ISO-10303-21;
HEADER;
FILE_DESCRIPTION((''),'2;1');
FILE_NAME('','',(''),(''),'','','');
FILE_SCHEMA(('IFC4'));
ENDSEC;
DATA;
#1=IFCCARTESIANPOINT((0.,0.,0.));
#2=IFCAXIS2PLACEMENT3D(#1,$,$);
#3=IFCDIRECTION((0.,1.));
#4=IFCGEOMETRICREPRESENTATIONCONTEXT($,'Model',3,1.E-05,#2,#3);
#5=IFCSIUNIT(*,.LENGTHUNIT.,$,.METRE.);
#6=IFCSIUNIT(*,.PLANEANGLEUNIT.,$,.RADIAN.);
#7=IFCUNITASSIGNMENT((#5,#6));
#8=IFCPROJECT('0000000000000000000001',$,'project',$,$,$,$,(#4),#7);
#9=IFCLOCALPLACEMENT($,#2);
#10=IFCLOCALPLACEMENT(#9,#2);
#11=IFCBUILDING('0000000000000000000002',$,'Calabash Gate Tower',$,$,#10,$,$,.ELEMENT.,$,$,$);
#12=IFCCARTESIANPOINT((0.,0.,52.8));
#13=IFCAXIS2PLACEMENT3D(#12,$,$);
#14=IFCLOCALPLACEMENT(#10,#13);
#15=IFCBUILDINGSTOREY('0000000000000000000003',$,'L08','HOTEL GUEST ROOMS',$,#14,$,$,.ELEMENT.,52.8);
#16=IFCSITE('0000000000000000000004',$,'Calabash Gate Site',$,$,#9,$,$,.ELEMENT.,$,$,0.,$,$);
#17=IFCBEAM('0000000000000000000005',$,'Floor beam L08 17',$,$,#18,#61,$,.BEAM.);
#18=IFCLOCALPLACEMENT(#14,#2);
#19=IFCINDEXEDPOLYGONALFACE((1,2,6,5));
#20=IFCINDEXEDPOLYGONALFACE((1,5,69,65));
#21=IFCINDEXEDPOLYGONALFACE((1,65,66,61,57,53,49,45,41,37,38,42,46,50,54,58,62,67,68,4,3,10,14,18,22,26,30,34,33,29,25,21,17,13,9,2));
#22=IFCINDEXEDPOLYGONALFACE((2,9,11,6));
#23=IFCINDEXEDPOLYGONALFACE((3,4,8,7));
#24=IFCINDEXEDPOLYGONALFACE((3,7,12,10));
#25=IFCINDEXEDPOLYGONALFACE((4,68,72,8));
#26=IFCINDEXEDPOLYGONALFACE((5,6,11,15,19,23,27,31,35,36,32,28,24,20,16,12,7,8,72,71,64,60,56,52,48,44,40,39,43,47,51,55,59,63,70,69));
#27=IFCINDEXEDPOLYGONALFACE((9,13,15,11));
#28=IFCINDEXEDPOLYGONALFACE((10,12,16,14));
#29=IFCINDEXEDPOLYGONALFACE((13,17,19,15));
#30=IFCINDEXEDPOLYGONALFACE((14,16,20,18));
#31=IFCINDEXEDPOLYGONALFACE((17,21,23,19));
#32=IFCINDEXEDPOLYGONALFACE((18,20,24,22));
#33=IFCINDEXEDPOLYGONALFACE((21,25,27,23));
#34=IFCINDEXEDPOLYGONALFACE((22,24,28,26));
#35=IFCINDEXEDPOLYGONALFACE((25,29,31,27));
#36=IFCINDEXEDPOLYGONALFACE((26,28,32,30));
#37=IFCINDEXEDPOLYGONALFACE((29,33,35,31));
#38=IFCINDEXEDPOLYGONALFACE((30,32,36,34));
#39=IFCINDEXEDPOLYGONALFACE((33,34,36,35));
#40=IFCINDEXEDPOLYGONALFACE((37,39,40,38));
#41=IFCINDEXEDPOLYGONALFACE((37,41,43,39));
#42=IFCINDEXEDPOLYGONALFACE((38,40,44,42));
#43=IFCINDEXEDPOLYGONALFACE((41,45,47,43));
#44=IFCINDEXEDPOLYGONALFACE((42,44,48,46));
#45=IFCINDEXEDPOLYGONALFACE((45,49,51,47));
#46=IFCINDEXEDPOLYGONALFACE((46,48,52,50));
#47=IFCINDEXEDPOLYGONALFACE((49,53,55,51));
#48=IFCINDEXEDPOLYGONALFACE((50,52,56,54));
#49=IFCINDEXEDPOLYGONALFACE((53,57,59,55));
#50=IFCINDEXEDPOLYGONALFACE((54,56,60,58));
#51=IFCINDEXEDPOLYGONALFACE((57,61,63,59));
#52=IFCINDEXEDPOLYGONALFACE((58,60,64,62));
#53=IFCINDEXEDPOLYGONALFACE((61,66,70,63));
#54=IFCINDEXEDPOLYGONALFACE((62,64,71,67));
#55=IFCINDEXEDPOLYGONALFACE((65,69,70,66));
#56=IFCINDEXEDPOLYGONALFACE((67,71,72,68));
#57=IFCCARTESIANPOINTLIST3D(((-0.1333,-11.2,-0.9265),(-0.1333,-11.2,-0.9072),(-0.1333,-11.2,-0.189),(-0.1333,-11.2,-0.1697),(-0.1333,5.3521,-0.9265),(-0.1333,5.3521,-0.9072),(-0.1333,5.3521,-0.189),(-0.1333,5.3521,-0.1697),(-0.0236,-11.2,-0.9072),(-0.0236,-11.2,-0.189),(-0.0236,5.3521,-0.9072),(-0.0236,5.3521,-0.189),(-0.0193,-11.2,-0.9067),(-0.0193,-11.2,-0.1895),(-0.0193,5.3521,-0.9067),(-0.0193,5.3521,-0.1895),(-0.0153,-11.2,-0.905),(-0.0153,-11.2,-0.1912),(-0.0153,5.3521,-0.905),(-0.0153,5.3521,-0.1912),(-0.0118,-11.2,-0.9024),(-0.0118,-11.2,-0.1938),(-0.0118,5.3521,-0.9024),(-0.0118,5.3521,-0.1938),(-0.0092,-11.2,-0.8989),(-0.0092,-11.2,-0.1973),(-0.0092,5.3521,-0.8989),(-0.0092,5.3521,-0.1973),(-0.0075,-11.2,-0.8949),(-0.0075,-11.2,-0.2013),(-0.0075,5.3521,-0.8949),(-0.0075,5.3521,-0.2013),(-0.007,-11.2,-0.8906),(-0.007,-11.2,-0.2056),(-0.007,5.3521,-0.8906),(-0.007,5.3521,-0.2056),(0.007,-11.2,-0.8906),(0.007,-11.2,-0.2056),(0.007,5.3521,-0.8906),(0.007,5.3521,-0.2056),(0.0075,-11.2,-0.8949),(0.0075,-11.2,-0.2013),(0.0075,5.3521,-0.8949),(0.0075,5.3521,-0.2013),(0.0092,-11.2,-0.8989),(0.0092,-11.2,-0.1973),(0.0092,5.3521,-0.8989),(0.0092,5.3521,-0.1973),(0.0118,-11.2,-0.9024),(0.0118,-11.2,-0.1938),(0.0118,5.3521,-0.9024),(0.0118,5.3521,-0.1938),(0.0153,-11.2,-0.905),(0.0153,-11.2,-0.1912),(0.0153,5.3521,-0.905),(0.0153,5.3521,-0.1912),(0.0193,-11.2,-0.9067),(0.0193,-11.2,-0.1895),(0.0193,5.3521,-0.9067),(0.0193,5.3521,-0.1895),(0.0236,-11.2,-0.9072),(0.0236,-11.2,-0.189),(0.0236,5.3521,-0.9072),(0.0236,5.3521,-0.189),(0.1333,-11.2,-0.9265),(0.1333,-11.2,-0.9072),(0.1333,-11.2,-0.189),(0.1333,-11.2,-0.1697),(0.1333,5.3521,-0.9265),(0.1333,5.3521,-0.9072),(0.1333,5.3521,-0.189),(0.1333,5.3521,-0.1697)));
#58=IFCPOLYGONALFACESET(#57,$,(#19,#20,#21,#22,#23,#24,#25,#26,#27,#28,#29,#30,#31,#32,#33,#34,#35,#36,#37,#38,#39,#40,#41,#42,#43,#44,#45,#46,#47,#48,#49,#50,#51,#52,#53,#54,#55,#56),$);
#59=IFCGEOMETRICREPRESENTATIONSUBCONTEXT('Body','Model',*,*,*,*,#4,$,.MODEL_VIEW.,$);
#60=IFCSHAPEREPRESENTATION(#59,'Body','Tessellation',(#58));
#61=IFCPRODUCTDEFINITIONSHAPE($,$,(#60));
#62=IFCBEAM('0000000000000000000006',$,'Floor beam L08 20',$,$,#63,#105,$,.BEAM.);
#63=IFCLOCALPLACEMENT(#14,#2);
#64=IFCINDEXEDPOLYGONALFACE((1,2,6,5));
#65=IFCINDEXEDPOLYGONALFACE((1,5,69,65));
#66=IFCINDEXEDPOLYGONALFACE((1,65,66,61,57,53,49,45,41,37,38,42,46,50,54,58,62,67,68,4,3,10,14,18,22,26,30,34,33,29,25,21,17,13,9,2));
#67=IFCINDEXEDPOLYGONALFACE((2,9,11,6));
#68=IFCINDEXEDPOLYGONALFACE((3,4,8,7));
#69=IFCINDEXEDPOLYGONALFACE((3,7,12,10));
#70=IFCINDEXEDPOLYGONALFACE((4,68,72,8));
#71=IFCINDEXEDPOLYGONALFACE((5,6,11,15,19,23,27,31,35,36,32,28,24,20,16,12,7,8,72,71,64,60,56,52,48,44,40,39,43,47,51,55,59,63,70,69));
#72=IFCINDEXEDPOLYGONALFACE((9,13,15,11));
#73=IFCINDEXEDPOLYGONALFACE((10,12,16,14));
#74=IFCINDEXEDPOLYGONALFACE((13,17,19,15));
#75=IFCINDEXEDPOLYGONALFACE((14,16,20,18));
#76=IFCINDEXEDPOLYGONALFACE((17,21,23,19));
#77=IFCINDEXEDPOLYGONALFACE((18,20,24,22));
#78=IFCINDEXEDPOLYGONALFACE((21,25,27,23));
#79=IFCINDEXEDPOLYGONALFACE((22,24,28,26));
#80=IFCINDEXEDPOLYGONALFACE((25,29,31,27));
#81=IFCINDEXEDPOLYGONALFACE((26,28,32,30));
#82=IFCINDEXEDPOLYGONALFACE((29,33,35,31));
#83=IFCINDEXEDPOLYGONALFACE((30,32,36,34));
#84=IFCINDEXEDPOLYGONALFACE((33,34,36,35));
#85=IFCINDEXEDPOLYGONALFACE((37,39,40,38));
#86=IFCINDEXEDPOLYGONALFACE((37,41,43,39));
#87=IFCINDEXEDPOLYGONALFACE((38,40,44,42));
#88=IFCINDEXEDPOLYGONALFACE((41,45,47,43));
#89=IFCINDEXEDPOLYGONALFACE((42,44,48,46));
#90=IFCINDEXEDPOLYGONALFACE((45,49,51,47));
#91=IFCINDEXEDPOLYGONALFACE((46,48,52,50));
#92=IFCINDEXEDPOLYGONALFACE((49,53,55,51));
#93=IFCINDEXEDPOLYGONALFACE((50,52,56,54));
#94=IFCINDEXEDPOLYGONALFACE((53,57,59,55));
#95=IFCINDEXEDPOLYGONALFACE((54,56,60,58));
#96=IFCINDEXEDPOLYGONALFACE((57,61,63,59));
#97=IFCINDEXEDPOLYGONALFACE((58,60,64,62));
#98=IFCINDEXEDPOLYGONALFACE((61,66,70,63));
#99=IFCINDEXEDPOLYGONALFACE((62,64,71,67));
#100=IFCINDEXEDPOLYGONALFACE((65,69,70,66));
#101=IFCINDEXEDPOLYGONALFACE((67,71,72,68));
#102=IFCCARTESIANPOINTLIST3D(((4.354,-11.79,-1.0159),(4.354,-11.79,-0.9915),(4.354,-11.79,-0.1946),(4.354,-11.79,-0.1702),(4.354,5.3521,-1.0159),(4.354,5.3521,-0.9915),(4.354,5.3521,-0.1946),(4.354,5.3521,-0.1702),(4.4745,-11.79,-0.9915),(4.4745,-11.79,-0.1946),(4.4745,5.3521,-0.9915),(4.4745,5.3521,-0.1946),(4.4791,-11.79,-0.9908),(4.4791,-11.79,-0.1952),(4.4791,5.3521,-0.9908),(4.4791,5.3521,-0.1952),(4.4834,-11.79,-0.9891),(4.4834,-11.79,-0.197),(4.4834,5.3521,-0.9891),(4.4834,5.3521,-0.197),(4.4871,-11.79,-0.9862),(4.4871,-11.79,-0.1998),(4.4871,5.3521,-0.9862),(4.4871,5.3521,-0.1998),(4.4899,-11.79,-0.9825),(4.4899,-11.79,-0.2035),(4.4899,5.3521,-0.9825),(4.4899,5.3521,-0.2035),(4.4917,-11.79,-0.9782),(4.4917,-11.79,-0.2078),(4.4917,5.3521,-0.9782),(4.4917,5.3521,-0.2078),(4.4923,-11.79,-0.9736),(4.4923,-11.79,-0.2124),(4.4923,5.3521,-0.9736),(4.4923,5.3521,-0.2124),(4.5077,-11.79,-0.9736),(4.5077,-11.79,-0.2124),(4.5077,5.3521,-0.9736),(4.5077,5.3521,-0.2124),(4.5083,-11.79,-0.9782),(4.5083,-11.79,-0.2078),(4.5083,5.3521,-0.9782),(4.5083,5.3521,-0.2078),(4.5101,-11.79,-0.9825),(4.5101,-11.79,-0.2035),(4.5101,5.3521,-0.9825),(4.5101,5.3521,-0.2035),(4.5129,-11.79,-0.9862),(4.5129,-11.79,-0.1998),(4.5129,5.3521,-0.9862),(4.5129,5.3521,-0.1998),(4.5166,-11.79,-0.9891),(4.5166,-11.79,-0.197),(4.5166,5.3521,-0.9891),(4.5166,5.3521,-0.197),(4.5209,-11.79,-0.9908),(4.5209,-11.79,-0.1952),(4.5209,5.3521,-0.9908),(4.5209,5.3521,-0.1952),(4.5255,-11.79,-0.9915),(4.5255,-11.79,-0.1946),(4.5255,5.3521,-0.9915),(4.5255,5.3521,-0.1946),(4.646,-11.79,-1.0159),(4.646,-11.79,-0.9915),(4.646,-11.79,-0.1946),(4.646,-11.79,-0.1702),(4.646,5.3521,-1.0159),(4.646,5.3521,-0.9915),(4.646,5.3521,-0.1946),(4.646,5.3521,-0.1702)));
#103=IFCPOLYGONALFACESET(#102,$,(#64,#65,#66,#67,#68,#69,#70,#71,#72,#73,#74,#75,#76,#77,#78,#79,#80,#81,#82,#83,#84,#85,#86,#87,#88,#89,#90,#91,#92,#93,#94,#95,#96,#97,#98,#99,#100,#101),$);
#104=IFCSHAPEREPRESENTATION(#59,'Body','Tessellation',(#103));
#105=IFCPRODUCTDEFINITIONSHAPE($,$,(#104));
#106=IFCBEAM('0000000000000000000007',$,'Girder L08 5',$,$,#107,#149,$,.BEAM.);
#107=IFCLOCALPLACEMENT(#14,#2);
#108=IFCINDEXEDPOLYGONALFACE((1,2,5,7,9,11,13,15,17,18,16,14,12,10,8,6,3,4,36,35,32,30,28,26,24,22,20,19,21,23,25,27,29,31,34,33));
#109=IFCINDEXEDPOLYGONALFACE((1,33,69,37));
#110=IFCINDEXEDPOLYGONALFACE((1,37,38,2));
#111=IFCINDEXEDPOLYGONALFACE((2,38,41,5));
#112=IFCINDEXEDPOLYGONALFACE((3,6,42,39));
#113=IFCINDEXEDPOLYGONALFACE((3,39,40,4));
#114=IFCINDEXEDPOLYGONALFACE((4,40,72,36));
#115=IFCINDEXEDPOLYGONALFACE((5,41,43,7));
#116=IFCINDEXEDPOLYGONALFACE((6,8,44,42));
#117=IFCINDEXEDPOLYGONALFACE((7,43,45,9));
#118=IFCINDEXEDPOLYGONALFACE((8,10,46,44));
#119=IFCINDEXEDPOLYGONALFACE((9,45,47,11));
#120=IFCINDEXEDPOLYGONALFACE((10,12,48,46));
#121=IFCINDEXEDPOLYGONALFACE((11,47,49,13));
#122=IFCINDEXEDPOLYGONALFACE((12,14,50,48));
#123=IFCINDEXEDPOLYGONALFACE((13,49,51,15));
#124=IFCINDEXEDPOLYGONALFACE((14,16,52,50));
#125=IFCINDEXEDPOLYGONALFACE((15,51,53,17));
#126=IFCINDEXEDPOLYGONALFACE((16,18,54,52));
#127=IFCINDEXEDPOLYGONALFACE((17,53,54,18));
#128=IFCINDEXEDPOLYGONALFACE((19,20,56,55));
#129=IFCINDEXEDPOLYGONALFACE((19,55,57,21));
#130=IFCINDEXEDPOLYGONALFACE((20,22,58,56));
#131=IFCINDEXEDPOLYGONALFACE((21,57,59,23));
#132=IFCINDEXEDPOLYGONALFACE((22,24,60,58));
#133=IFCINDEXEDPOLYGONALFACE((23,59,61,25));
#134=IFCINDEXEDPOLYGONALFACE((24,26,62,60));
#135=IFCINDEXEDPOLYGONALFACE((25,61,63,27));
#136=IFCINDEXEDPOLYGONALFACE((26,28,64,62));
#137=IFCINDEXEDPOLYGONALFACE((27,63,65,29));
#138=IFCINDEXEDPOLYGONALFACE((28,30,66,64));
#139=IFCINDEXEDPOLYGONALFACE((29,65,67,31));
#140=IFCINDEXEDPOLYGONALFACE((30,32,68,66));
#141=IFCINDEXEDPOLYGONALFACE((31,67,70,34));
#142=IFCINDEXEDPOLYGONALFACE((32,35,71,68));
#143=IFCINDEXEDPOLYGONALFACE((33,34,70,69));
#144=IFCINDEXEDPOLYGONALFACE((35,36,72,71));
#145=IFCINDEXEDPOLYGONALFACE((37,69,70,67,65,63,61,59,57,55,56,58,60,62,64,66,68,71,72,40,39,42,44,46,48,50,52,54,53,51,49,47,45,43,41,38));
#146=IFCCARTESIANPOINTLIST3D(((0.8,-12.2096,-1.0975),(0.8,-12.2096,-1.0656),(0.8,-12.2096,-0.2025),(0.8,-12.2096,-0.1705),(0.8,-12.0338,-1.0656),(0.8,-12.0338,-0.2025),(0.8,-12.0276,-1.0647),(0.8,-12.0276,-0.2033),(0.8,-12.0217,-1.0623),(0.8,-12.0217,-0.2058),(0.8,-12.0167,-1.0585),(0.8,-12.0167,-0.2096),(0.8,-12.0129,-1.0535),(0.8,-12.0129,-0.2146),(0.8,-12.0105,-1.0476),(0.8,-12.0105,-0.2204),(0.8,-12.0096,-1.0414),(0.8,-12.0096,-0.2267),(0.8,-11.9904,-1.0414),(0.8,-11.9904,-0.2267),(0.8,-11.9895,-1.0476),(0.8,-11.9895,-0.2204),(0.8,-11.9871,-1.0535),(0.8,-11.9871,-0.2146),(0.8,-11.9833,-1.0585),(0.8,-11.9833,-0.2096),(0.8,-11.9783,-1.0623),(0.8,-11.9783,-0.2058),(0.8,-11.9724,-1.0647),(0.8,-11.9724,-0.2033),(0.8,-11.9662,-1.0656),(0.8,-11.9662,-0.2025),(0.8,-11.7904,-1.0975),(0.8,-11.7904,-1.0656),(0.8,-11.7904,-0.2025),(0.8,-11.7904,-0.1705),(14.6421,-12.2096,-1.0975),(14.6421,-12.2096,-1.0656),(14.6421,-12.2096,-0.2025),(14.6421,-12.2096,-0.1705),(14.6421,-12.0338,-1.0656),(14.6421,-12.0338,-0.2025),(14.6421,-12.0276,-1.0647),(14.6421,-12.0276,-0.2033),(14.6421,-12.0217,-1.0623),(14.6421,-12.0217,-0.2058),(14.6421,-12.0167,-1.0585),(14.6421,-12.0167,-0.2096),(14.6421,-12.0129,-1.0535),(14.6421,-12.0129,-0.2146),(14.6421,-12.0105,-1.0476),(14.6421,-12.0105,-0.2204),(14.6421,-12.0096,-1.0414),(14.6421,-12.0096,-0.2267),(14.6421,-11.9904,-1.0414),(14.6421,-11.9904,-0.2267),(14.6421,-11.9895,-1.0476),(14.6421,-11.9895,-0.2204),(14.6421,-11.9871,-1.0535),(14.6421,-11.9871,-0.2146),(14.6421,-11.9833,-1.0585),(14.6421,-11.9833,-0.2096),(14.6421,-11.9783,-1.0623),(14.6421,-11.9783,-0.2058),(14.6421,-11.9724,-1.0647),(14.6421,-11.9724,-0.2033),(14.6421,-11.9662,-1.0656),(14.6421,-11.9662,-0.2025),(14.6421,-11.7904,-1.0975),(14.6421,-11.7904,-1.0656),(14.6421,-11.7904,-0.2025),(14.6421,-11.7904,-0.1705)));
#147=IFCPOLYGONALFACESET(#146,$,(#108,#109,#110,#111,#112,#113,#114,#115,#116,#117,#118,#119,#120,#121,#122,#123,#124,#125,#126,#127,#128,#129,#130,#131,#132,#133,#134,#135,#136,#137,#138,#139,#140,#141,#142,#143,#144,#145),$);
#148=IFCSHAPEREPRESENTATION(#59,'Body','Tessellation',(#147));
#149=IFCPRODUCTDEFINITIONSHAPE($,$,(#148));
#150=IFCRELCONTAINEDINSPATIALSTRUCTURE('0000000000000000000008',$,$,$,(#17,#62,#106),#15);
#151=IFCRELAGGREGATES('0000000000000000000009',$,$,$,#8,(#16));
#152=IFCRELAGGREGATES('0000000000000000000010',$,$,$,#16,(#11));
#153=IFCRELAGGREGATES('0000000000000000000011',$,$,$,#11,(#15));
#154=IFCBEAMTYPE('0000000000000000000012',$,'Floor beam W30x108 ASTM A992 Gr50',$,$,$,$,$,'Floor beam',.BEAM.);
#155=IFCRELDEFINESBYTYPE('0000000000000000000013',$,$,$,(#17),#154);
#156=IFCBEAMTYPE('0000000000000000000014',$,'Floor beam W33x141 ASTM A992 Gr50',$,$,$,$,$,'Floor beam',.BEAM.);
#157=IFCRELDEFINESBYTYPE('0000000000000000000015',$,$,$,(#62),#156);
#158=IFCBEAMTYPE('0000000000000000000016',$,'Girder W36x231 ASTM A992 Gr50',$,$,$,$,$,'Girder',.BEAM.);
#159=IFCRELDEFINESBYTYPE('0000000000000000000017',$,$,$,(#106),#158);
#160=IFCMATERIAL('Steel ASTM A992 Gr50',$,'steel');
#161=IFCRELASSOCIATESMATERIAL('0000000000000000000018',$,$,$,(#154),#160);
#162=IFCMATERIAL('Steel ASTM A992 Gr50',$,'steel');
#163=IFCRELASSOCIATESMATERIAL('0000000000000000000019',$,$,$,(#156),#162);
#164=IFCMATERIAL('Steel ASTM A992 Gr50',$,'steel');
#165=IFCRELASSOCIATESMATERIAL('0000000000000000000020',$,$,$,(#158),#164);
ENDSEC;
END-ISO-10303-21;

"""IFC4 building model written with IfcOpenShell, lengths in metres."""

from ifc_helpers import new_model, si_unit, direction, frame, origin, origin_2d, place, context, subcontext, project, spatial, i_section, extrude, material, material_profile, profile_set, type_object, element, save


model = new_model("IFC4")

# Units and contexts
model_context = context("Model", 3, precision=1e-05, world=origin(), true_north=direction((0.0, 1.0)))
body_context = subcontext(model_context, "Body", "Model", "MODEL_VIEW")
ifc_project = project(units=[si_unit("LENGTHUNIT", "METRE"), si_unit("PLANEANGLEUNIT", "RADIAN")], contexts=[model_context])

# Site, building, storey
site_placement = place(None, origin())
site = spatial("IfcSite", under=ifc_project, at=site_placement, Name="Calabash Gate Site", CompositionType="ELEMENT", RefElevation=0.0)
building_placement = place(site_placement, origin())
building = spatial("IfcBuilding", under=site, at=building_placement, Name="Calabash Gate Tower", CompositionType="ELEMENT")
storey_placement = place(building_placement, frame((0.0, 0.0, 52.8)))
storey = spatial("IfcBuildingStorey", under=building, at=storey_placement, Name="L08", Description="HOTEL GUEST ROOMS", CompositionType="ELEMENT", Elevation=52.8)

# Beams
ifc_material_1 = material(Name="Steel ASTM A992 Gr50", Category="steel")
ifc_material_profile_1 = material_profile(ifc_material_1, i_section(OverallWidth=0.2666, OverallDepth=0.7568, WebThickness=0.0139, FlangeThickness=0.0193, FilletRadius=0.0166, at=origin_2d()))
ifc_profile_set_1 = profile_set([ifc_material_profile_1], Name="Steel ASTM A992 Gr50")
beam_type_1 = type_object("IfcBeamType", Name="Floor beam W30x108 ASTM A992 Gr50", ElementType="Floor beam", PredefinedType="BEAM", material=ifc_profile_set_1)
beam_1_placement = place(storey_placement, frame((0.0, -11.2, -0.5481), z_axis=(0.0, 1.0, 0.0), x_axis=(-1.0, 0.0, 0.0)))
element("IfcBeam", 1, at=beam_1_placement, inside=storey, type_object=beam_type_1, Name="Floor beam L08 17", PredefinedType="BEAM", context=body_context, shape_type="SweptSolid", body=[
    extrude(i_section(OverallWidth=0.2666, OverallDepth=0.7568, WebThickness=0.0139, FlangeThickness=0.0193, FilletRadius=0.0166, at=origin_2d()), origin(), (0.0, 0.0, 1.0), 16.552),
])
ifc_material_2 = material(Name="Steel ASTM A992 Gr50", Category="steel")
ifc_material_profile_2 = material_profile(ifc_material_2, i_section(OverallWidth=0.292, OverallDepth=0.8457, WebThickness=0.0154, FlangeThickness=0.0244, FilletRadius=0.0178, at=origin_2d()))
ifc_profile_set_2 = profile_set([ifc_material_profile_2], Name="Steel ASTM A992 Gr50")
beam_type_2 = type_object("IfcBeamType", Name="Floor beam W33x141 ASTM A992 Gr50", ElementType="Floor beam", PredefinedType="BEAM", material=ifc_profile_set_2)
beam_2_placement = place(storey_placement, frame((4.5, -11.79, -0.593), z_axis=(0.0, 1.0, 0.0), x_axis=(-1.0, 0.0, 0.0)))
element("IfcBeam", 2, at=beam_2_placement, inside=storey, type_object=beam_type_2, Name="Floor beam L08 20", PredefinedType="BEAM", context=body_context, shape_type="SweptSolid", body=[
    extrude(i_section(OverallWidth=0.292, OverallDepth=0.8457, WebThickness=0.0154, FlangeThickness=0.0244, FilletRadius=0.0178, at=origin_2d()), origin(), (0.0, 0.0, 1.0), 17.1421),
])
ifc_material_3 = material(Name="Steel ASTM A992 Gr50", Category="steel")
ifc_material_profile_3 = material_profile(ifc_material_3, i_section(OverallWidth=0.4192, OverallDepth=0.927, WebThickness=0.0193, FlangeThickness=0.032, FilletRadius=0.0242, at=origin_2d()))
ifc_profile_set_3 = profile_set([ifc_material_profile_3], Name="Steel ASTM A992 Gr50")
beam_type_3 = type_object("IfcBeamType", Name="Girder W36x231 ASTM A992 Gr50", ElementType="Girder", PredefinedType="BEAM", material=ifc_profile_set_3)
beam_3_placement = place(storey_placement, frame((0.8, -12.0, -0.634), z_axis=(1.0, 0.0, 0.0), x_axis=(0.0, 1.0, 0.0)))
element("IfcBeam", 3, at=beam_3_placement, inside=storey, type_object=beam_type_3, Name="Girder L08 5", PredefinedType="BEAM", context=body_context, shape_type="SweptSolid", body=[
    extrude(i_section(OverallWidth=0.4192, OverallDepth=0.927, WebThickness=0.0193, FlangeThickness=0.032, FilletRadius=0.0242, at=origin_2d()), origin(), (0.0, 0.0, 1.0), 13.842),
])

save(model, "model.ifc")
